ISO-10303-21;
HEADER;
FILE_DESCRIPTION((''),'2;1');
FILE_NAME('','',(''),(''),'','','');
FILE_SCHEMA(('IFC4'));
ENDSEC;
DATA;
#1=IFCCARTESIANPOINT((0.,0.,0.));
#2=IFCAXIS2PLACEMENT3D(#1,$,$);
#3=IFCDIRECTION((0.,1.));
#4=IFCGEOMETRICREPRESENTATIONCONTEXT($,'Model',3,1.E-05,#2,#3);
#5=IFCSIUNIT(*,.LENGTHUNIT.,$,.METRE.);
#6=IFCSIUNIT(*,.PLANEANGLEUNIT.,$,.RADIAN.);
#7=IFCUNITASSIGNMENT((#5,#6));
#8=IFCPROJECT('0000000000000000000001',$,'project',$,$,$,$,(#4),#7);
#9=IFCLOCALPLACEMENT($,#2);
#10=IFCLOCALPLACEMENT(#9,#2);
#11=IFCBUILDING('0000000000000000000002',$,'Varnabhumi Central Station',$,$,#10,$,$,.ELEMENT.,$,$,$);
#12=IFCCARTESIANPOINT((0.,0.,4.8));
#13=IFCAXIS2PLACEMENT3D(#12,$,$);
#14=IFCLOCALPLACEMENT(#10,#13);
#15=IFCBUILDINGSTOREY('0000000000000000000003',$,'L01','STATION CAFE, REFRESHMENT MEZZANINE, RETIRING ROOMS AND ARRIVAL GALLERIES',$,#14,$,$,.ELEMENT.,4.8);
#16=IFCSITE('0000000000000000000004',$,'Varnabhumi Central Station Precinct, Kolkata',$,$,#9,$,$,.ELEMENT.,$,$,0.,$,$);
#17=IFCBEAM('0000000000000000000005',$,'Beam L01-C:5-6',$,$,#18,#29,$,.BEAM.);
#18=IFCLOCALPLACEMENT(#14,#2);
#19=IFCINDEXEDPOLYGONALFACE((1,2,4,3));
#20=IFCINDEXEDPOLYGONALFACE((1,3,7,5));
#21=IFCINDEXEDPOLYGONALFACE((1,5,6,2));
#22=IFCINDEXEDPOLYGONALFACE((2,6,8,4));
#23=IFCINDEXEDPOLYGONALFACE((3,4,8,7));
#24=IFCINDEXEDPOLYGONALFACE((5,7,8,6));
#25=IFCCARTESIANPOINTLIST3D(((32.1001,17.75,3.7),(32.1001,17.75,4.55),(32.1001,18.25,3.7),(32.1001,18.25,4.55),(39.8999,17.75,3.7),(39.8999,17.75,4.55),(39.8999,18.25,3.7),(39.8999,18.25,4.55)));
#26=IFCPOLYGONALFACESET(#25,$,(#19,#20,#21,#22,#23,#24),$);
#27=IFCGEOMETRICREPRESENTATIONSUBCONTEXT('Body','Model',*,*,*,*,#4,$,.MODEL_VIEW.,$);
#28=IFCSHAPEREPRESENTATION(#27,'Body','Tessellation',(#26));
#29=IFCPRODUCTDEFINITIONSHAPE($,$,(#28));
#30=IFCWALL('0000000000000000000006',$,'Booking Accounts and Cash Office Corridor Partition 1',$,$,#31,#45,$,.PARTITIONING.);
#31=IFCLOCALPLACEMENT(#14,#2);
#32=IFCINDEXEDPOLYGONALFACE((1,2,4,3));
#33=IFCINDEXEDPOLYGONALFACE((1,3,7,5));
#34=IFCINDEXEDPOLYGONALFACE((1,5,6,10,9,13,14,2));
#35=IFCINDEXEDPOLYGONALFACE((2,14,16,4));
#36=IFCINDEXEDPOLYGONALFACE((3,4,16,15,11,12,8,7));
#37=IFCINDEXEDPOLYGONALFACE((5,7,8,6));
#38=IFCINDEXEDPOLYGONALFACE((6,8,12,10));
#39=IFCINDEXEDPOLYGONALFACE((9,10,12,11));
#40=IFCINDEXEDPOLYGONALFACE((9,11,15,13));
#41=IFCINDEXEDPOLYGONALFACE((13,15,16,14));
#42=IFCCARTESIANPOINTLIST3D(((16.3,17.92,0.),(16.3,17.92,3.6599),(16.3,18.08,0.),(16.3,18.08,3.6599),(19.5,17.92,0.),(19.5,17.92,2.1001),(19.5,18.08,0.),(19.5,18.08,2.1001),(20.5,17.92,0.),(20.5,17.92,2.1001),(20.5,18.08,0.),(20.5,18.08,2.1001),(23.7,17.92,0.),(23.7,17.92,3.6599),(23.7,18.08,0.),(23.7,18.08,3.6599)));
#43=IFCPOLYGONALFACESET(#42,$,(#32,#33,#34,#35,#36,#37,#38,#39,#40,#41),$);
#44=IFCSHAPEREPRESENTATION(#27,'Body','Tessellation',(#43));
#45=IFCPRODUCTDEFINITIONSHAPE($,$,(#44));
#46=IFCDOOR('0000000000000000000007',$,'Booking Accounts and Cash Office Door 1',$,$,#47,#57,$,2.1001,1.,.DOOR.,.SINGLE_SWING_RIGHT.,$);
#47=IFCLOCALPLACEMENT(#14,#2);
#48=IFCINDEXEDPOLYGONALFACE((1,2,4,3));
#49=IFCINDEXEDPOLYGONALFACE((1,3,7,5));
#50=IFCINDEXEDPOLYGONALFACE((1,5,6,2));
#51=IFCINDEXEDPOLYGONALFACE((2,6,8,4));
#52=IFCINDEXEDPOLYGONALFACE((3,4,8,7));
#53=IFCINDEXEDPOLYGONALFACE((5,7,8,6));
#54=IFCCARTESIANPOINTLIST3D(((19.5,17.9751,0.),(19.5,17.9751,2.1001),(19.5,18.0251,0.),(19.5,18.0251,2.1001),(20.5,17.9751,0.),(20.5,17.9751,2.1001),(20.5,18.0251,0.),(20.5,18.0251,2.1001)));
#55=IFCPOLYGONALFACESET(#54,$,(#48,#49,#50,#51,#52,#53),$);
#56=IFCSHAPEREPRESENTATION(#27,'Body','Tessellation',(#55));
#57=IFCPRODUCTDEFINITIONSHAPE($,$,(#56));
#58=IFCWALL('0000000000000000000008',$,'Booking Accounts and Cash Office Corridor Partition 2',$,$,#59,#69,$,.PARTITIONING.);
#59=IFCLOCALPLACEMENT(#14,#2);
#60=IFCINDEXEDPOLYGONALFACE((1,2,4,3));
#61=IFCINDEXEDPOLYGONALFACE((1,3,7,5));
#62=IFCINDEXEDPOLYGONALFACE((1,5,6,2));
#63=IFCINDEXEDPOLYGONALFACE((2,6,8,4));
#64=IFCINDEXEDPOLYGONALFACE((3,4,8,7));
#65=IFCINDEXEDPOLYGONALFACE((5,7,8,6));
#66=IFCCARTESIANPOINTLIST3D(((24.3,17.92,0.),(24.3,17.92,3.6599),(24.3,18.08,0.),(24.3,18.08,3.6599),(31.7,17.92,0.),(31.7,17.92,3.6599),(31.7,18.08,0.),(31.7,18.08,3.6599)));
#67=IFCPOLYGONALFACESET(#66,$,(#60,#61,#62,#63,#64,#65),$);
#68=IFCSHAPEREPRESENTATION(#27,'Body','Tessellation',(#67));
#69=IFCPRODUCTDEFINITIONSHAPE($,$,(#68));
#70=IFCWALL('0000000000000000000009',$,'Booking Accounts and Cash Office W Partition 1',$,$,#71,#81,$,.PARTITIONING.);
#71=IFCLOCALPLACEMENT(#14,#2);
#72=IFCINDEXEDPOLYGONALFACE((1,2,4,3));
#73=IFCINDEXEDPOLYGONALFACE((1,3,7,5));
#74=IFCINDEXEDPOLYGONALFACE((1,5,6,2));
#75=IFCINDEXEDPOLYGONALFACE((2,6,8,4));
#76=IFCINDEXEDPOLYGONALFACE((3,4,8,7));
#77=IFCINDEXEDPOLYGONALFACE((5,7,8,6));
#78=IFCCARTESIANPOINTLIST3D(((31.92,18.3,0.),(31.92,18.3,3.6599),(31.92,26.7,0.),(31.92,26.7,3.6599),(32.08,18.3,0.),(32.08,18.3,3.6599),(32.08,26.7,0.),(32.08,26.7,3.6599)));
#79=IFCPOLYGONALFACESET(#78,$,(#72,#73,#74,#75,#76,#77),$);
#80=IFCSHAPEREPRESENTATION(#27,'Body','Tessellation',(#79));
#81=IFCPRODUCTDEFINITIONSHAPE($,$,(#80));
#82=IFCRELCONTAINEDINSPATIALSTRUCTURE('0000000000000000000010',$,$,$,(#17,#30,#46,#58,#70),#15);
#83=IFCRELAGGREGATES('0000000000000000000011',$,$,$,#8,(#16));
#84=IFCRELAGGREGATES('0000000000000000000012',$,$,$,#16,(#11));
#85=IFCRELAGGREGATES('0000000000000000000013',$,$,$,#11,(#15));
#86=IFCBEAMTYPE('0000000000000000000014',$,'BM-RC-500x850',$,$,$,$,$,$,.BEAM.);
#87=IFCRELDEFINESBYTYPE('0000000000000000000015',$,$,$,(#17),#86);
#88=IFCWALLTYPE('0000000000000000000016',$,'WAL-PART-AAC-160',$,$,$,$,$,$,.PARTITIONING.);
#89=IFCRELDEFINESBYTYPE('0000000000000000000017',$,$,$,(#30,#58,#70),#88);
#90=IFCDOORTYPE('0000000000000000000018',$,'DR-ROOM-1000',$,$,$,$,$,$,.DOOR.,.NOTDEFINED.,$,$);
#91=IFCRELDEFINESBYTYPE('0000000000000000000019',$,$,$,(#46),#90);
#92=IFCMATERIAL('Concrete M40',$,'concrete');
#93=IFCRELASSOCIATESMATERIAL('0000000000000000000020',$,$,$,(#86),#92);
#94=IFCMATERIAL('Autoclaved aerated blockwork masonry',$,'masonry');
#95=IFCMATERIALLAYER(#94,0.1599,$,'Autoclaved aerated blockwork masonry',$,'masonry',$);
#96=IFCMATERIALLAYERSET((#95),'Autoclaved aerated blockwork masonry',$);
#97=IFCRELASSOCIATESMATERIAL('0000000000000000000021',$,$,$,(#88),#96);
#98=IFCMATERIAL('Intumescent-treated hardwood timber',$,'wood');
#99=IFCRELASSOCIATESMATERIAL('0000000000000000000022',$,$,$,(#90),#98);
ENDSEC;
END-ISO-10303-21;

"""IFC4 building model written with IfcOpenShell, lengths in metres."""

from ifc_helpers import new_model, si_unit, direction, frame, frame_2d, origin, origin_2d, place, context, subcontext, project, spatial, rectangle, extrude, material, layer, layer_set, material_profile, profile_set, type_object, element, fill, save


model = new_model("IFC4")

# Units and contexts
model_context = context("Model", 3, precision=1e-05, world=origin(), true_north=direction((0.0, 1.0)))
body_context = subcontext(model_context, "Body", "Model", "MODEL_VIEW")
ifc_project = project(units=[si_unit("LENGTHUNIT", "METRE"), si_unit("PLANEANGLEUNIT", "RADIAN")], contexts=[model_context])

# Site, building, storey
site_placement = place(None, origin())
site = spatial("IfcSite", under=ifc_project, at=site_placement, Name="Varnabhumi Central Station Precinct, Kolkata", CompositionType="ELEMENT", RefElevation=0.0)
building_placement = place(site_placement, origin())
building = spatial("IfcBuilding", under=site, at=building_placement, Name="Varnabhumi Central Station", CompositionType="ELEMENT")
storey_placement = place(building_placement, frame((0.0, 0.0, 4.8)))
storey = spatial("IfcBuildingStorey", under=building, at=storey_placement, Name="L01", Description="STATION CAFE, REFRESHMENT MEZZANINE, RETIRING ROOMS AND ARRIVAL GALLERIES", CompositionType="ELEMENT", Elevation=4.8)

# Beam
ifc_material_1 = material(Name="Concrete M40", Category="concrete")
ifc_material_profile_1 = material_profile(ifc_material_1, rectangle(XDim=0.5, YDim=0.8501, at=origin_2d()), Name="Concrete M40", Category="concrete")
ifc_profile_set_1 = profile_set([ifc_material_profile_1], Name="Concrete M40")
beam_type_1 = type_object("IfcBeamType", Name="BM-RC-500x850", PredefinedType="BEAM", material=ifc_profile_set_1)
for number, where, z_axis, x_axis, name in (
    (1, (32.1001, 18.0, 4.125), (1.0, 0.0, 0.0), (0.0, 1.0, 0.0), "Beam L01-C:5-6"),
):
    element("IfcBeam", number, at=place(storey_placement, frame(where, z_axis=z_axis, x_axis=x_axis)), inside=storey, type_object=beam_type_1, Name=name, PredefinedType="BEAM", context=body_context, shape_type="SweptSolid", body=[
        extrude(rectangle(XDim=0.5, YDim=0.8501, at=origin_2d()), origin(), (0.0, 0.0, 1.0), 7.7998),
    ])

# Wall, opening, door
ifc_material_2 = material(Name="Autoclaved aerated blockwork masonry", Category="masonry")
ifc_layer = layer(ifc_material_2, 0.1599, Name="Autoclaved aerated blockwork masonry", Category="masonry")
ifc_layer_set = layer_set([ifc_layer], Name="Autoclaved aerated blockwork masonry")
wall_type = type_object("IfcWallType", Name="WAL-PART-AAC-160", PredefinedType="PARTITIONING", material=ifc_layer_set)
wall_1_placement = place(storey_placement, frame((16.3, 18.0, 0.0), z_axis=(0.0, 0.0, 1.0), x_axis=(1.0, 0.0, 0.0)))
wall_1 = element("IfcWall", 2, at=wall_1_placement, inside=storey, type_object=wall_type, Name="Booking Accounts and Cash Office Corridor Partition 1", PredefinedType="PARTITIONING", context=body_context, shape_type="SweptSolid", body=[
    extrude(rectangle(XDim=7.3999, YDim=0.1599, at=frame_2d((3.7, 0.0))), origin(), (0.0, 0.0, 1.0), 3.6599),
])
opening_placement = place(wall_1_placement, frame((3.2, 0.0, 0.0)))
opening = element("IfcOpeningElement", 3, at=opening_placement, cuts=wall_1, PredefinedType="OPENING", context=body_context, shape_type="SweptSolid", body=[
    extrude(rectangle(XDim=1.0, YDim=2.1001, at=frame_2d((0.5, 1.05))), frame((0.0, 0.0898, 0.0), z_axis=(0.0, -1.0, 0.0), x_axis=(1.0, 0.0, 0.0)), (0.0, 0.0, 1.0), 0.1799),
])
ifc_material_3 = material(Name="Intumescent-treated hardwood timber", Category="wood")
door_type = type_object("IfcDoorType", Name="DR-ROOM-1000", OperationType="NOTDEFINED", PredefinedType="DOOR", material=ifc_material_3)
door_placement = place(opening_placement, frame((1.0, 0.0, 0.0), z_axis=(0.0, 0.0, 1.0), x_axis=(-1.0, 0.0, 0.0)))
door = element("IfcDoor", 4, at=door_placement, inside=storey, type_object=door_type, Name="Booking Accounts and Cash Office Door 1", OperationType="SINGLE_SWING_RIGHT", OverallHeight=2.1001, OverallWidth=1.0, PredefinedType="DOOR", context=body_context, shape_type="SweptSolid", body=[
    extrude(rectangle(XDim=1.0, YDim=2.1001, at=frame_2d((0.5, 1.05))), frame((0.0, 0.0249, 0.0), z_axis=(0.0, -1.0, 0.0), x_axis=(1.0, 0.0, 0.0)), (0.0, 0.0, 1.0), 0.05),
])
fill(opening, door)

# Walls
wall_2_placement = place(storey_placement, frame((24.3, 18.0, 0.0), z_axis=(0.0, 0.0, 1.0), x_axis=(1.0, 0.0, 0.0)))
element("IfcWall", 5, at=wall_2_placement, inside=storey, type_object=wall_type, Name="Booking Accounts and Cash Office Corridor Partition 2", PredefinedType="PARTITIONING", context=body_context, shape_type="SweptSolid", body=[
    extrude(rectangle(XDim=7.3999, YDim=0.1599, at=frame_2d((3.7, 0.0))), origin(), (0.0, 0.0, 1.0), 3.6599),
])
wall_3_placement = place(storey_placement, frame((32.0, 18.3, 0.0), z_axis=(0.0, 0.0, 1.0), x_axis=(0.0, 1.0, 0.0)))
element("IfcWall", 6, at=wall_3_placement, inside=storey, type_object=wall_type, Name="Booking Accounts and Cash Office W Partition 1", PredefinedType="PARTITIONING", context=body_context, shape_type="SweptSolid", body=[
    extrude(rectangle(XDim=8.3999, YDim=0.1599, at=frame_2d((4.2, 0.0))), origin(), (0.0, 0.0, 1.0), 3.6599),
])

save(model, "model.ifc")
